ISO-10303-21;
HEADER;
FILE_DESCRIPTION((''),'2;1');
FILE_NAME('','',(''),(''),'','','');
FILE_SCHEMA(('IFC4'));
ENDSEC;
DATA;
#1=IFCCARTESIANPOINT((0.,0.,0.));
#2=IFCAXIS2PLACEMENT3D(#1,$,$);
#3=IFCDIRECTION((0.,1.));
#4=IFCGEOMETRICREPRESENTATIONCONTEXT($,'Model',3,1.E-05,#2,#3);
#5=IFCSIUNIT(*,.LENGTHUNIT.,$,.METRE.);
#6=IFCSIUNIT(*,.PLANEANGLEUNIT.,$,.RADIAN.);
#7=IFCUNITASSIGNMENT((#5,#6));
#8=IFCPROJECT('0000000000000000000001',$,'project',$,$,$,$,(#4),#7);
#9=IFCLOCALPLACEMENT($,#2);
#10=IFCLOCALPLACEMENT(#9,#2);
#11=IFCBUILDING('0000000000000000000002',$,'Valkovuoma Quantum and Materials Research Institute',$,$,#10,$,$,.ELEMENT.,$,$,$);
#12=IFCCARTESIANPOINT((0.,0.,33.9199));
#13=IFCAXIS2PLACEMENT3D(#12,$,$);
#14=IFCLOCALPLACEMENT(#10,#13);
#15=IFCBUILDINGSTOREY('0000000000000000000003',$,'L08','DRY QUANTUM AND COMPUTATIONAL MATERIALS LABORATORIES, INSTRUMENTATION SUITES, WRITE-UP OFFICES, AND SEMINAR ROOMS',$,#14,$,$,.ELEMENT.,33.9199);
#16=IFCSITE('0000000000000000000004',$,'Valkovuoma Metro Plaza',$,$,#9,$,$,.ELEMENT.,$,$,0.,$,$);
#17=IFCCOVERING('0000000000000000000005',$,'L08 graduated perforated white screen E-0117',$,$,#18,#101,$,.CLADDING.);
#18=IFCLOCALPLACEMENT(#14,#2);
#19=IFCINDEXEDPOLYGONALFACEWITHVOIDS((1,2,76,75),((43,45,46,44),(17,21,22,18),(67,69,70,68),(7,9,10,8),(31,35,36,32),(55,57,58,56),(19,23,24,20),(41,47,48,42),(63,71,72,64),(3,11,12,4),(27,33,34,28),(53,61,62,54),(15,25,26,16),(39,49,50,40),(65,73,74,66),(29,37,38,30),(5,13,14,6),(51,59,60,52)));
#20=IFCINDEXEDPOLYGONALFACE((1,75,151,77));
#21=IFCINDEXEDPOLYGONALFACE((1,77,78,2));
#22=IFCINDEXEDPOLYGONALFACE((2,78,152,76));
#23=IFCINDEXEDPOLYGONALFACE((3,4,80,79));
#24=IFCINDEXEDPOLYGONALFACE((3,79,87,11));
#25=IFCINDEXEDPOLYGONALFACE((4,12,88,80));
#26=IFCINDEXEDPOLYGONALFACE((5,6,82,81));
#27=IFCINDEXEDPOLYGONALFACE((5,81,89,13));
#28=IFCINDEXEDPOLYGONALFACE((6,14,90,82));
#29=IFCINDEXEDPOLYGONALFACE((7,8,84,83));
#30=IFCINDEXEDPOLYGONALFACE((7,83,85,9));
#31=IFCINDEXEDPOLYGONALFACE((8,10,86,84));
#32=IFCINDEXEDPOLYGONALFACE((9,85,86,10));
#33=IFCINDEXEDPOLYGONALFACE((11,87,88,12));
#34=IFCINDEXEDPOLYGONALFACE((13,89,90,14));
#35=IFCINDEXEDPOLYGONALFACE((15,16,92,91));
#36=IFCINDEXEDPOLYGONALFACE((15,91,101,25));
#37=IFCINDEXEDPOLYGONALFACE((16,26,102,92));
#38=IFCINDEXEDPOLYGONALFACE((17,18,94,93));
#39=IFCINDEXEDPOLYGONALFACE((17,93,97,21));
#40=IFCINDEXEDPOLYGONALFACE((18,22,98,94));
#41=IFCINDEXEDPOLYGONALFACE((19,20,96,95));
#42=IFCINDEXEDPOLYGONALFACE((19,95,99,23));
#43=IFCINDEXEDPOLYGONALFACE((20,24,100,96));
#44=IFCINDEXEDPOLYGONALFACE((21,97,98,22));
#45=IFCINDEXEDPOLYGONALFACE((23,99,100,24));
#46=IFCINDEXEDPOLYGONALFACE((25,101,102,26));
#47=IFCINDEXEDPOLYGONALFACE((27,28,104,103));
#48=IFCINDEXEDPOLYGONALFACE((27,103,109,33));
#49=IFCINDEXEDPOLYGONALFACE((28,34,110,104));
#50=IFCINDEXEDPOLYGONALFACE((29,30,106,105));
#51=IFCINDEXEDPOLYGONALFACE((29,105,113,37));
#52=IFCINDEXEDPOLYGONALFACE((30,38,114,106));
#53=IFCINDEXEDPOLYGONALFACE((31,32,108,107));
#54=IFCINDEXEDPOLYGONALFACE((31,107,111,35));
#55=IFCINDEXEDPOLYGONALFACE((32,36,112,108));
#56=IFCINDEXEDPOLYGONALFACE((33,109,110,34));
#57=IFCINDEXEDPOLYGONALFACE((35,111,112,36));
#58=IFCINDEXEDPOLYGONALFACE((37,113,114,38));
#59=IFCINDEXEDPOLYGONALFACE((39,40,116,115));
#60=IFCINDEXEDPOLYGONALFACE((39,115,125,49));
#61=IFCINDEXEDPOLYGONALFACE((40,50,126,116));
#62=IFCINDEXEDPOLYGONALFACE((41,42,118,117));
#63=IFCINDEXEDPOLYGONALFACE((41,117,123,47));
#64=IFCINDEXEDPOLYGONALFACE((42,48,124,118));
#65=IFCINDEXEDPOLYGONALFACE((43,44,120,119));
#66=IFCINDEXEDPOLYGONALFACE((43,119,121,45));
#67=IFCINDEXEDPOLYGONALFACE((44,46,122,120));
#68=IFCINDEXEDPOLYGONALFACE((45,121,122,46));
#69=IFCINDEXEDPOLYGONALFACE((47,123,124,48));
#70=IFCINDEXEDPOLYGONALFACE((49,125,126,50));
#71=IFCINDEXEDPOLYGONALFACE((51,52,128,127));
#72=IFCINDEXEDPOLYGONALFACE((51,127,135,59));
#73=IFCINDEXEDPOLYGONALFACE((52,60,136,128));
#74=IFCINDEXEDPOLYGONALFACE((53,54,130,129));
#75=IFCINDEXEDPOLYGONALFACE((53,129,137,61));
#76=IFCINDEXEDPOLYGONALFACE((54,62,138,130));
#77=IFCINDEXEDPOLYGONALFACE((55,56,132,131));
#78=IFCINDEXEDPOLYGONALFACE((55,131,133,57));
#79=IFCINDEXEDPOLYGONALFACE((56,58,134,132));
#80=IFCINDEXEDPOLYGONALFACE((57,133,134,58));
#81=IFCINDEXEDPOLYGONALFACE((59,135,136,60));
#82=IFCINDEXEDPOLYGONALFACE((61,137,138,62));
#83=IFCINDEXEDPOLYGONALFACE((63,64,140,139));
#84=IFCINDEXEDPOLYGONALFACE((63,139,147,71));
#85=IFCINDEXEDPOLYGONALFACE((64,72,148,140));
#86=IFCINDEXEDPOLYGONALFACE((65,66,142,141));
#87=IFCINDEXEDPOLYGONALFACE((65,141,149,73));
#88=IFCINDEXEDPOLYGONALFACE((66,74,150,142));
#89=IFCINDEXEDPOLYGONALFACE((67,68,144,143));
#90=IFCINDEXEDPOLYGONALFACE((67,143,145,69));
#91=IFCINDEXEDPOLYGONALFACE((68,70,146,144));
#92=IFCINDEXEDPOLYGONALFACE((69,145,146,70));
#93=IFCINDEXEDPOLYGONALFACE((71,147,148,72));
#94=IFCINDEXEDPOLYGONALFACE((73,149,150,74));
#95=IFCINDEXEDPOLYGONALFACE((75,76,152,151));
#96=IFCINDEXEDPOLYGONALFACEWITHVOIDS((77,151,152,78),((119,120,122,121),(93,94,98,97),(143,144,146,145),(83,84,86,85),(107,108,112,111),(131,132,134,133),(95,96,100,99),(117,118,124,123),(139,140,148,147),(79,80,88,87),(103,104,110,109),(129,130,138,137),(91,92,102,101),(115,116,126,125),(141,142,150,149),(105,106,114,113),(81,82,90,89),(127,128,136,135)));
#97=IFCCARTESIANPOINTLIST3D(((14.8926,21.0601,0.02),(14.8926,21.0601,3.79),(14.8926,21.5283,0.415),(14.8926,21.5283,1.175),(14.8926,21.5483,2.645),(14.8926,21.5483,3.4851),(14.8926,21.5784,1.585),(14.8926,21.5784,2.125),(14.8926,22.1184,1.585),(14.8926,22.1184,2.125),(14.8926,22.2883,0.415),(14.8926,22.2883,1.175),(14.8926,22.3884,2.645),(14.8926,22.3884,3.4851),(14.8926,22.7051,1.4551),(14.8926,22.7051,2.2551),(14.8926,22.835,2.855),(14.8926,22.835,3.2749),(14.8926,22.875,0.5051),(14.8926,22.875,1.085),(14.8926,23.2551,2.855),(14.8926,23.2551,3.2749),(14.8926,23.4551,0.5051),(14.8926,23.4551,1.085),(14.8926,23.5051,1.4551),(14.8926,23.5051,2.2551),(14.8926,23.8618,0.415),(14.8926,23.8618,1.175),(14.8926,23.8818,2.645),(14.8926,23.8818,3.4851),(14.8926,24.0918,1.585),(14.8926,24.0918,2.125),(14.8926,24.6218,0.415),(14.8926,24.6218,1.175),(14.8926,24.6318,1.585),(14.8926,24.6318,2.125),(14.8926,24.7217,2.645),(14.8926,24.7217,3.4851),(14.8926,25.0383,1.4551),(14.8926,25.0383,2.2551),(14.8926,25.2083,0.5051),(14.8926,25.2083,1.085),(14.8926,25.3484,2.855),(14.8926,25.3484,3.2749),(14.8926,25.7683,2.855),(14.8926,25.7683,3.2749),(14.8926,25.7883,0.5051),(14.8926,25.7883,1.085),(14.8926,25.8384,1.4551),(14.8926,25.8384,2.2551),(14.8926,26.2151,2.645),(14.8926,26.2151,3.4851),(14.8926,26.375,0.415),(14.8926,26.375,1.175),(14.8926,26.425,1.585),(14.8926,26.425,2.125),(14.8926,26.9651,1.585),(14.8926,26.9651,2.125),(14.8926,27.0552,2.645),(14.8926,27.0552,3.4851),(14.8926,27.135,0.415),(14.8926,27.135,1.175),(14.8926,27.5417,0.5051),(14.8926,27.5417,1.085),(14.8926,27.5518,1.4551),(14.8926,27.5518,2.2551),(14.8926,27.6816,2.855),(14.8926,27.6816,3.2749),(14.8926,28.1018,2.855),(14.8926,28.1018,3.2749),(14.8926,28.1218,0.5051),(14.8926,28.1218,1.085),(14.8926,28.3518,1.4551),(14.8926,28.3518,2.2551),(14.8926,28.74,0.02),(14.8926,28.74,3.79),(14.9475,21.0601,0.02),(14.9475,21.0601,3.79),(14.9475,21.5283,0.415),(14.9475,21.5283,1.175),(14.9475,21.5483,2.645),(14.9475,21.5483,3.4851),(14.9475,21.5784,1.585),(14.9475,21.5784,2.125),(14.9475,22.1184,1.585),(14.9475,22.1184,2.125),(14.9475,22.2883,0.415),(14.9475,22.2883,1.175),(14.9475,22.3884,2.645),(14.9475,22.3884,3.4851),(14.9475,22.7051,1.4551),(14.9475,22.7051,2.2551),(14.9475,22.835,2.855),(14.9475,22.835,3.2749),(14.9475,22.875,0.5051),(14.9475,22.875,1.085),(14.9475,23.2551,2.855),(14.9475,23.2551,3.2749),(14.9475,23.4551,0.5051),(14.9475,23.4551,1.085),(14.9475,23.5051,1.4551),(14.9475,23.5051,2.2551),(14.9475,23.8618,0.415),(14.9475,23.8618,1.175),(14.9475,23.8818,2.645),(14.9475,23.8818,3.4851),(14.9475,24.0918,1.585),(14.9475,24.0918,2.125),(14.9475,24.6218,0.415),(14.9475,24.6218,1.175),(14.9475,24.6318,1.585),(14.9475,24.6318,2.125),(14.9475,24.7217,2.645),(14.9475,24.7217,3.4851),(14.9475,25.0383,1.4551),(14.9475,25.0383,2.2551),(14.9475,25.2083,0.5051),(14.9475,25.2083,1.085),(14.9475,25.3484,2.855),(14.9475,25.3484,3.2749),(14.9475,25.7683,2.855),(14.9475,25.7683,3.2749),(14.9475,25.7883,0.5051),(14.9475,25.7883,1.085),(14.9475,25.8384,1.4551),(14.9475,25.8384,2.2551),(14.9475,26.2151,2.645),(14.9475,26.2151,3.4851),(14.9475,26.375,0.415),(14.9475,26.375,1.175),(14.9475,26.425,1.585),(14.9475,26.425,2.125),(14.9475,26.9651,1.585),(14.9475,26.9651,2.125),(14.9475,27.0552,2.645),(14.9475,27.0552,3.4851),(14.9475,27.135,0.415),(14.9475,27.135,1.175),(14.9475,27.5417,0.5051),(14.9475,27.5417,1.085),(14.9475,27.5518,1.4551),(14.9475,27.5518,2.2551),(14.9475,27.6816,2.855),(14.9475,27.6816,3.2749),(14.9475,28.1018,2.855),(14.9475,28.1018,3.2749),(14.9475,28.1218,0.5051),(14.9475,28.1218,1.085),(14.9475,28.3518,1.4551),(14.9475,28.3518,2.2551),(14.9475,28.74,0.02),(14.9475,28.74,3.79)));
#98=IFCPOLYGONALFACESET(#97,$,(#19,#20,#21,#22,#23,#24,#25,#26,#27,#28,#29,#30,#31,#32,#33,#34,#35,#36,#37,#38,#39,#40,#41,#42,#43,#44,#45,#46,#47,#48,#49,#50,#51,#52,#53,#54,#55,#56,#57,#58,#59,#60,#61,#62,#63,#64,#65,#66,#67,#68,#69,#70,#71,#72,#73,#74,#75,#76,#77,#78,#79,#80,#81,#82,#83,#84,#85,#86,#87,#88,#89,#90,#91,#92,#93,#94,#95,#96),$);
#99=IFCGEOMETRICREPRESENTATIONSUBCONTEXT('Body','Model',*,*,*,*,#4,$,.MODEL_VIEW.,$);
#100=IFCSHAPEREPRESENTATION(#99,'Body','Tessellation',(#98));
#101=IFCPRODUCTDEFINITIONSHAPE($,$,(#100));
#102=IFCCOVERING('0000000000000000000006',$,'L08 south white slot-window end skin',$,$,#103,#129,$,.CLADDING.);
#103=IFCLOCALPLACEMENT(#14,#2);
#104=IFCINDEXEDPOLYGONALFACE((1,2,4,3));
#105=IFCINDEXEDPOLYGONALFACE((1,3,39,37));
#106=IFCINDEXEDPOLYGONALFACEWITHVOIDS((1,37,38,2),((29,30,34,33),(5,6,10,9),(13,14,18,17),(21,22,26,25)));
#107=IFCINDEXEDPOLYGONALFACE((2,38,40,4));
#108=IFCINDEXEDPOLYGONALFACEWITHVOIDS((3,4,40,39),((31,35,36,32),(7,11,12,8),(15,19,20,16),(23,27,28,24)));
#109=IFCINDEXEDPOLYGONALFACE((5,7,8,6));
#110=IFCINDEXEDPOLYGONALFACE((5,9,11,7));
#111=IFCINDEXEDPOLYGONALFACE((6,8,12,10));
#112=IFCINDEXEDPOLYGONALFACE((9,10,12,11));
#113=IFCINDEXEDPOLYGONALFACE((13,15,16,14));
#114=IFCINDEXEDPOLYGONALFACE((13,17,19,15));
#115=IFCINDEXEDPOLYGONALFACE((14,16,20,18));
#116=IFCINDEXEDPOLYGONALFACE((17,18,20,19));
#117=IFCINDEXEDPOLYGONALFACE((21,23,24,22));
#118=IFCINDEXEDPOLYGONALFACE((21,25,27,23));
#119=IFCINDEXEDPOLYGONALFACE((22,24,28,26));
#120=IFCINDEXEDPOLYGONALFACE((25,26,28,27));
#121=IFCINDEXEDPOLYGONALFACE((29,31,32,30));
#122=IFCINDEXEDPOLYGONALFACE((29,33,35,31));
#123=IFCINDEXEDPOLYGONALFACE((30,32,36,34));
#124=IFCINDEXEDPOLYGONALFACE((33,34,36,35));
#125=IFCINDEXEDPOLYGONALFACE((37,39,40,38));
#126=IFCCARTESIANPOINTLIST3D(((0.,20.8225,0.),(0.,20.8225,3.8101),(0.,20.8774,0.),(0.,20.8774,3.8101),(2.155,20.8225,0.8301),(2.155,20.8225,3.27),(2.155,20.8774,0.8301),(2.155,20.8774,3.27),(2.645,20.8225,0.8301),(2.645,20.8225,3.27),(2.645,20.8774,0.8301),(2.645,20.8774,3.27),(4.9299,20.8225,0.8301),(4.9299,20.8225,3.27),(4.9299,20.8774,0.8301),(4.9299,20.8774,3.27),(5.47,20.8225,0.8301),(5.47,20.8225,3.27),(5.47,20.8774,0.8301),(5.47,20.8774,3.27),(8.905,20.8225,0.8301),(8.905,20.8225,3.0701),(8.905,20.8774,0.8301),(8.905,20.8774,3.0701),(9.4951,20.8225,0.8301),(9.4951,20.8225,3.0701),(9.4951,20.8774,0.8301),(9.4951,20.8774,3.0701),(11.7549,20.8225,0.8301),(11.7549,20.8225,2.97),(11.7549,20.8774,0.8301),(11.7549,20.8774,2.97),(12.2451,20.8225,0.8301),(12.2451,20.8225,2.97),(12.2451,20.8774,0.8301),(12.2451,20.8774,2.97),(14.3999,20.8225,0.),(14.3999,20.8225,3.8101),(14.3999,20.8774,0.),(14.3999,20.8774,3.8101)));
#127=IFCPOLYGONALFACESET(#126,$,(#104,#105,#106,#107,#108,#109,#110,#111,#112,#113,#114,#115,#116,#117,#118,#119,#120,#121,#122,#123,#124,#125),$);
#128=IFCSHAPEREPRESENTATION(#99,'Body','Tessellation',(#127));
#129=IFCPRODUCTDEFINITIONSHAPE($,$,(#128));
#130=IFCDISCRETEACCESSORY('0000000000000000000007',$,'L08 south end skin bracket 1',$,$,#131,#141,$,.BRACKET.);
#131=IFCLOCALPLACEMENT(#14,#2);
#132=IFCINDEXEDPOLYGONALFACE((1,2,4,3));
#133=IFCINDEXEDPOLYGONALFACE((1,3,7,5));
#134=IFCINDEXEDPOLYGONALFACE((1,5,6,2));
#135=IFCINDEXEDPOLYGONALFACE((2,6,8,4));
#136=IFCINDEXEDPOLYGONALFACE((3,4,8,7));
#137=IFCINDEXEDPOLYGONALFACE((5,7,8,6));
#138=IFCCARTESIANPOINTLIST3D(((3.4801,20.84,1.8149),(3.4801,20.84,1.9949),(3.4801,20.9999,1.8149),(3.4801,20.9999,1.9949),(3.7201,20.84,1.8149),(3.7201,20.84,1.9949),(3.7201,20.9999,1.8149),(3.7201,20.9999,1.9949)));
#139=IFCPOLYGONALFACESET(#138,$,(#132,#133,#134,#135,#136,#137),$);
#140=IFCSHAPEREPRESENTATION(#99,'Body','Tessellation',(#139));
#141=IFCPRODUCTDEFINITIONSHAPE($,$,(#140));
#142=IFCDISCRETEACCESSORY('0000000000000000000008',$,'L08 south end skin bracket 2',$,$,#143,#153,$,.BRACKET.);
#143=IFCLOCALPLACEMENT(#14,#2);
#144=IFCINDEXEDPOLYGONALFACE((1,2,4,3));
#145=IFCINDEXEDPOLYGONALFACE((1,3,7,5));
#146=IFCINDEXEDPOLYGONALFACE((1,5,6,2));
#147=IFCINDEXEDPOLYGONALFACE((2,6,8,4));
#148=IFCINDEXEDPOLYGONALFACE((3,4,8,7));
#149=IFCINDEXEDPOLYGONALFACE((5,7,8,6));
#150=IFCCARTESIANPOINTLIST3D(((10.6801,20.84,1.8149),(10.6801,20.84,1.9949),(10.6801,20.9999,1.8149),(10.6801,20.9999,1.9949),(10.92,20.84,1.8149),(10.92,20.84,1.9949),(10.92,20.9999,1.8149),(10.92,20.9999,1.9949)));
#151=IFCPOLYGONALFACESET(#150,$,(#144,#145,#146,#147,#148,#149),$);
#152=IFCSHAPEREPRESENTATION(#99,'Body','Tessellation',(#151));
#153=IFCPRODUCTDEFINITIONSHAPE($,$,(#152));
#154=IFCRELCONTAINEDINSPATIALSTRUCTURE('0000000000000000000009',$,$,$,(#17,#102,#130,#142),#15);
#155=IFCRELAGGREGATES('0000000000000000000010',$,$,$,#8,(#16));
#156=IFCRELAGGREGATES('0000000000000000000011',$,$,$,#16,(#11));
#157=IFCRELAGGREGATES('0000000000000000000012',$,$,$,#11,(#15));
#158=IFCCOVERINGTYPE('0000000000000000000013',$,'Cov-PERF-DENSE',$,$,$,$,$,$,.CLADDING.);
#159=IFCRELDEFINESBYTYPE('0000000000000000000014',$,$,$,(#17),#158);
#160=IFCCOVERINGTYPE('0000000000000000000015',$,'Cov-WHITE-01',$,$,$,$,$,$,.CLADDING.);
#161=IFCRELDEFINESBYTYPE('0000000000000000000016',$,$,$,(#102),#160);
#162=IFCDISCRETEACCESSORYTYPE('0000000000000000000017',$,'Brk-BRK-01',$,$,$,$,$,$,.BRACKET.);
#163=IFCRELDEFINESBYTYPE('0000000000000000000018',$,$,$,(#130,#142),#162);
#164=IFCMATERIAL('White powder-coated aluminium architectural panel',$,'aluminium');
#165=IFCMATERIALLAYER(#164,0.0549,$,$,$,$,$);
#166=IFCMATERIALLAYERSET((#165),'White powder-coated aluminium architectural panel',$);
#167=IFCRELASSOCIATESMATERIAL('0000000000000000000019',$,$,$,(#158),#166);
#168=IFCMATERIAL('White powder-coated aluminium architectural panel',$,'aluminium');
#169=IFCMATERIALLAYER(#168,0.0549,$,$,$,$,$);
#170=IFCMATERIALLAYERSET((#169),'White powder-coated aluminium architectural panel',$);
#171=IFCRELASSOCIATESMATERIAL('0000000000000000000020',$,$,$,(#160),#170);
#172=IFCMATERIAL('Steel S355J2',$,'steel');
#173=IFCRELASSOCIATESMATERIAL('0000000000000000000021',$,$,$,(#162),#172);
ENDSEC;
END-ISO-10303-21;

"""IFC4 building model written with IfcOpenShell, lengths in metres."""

from ifc_helpers import new_model, si_unit, direction, frame, origin, origin_2d, place, context, subcontext, project, spatial, polyline, rectangle, outline, extrude, material, layer, layer_set, type_object, element, save


model = new_model("IFC4")

# Units and contexts
model_context = context("Model", 3, precision=1e-05, world=origin(), true_north=direction((0.0, 1.0)))
body_context = subcontext(model_context, "Body", "Model", "MODEL_VIEW")
ifc_project = project(units=[si_unit("LENGTHUNIT", "METRE"), si_unit("PLANEANGLEUNIT", "RADIAN")], contexts=[model_context])

# Site, building, storey
site_placement = place(None, origin())
site = spatial("IfcSite", under=ifc_project, at=site_placement, Name="Valkovuoma Metro Plaza", CompositionType="ELEMENT", RefElevation=0.0)
building_placement = place(site_placement, origin())
building = spatial("IfcBuilding", under=site, at=building_placement, Name="Valkovuoma Quantum and Materials Research Institute", CompositionType="ELEMENT")
storey_placement = place(building_placement, frame((0.0, 0.0, 33.9199)))
storey = spatial("IfcBuildingStorey", under=building, at=storey_placement, Name="L08", Description="DRY QUANTUM AND COMPUTATIONAL MATERIALS LABORATORIES, INSTRUMENTATION SUITES, WRITE-UP OFFICES, AND SEMINAR ROOMS", CompositionType="ELEMENT", Elevation=33.9199)

# Coverings
ifc_material_1 = material(Name="White powder-coated aluminium architectural panel", Category="aluminium")
ifc_layer_1 = layer(ifc_material_1, 0.0549)
ifc_layer_set_1 = layer_set([ifc_layer_1], Name="White powder-coated aluminium architectural panel")
covering_type_1 = type_object("IfcCoveringType", Name="Cov-PERF-DENSE", PredefinedType="CLADDING", material=ifc_layer_set_1)
covering_1_placement = place(storey_placement, frame((14.9199, 21.0601, 0.02), z_axis=(0.0, 0.0, 1.0), x_axis=(0.0, 1.0, 0.0)))
element("IfcCovering", 1, at=covering_1_placement, inside=storey, type_object=covering_type_1, Name="L08 graduated perforated white screen E-0117", PredefinedType="CLADDING", context=body_context, shape_type="SweptSolid", body=[
    extrude(outline(polyline([(0.0, 0.0), (7.6799, 0.0), (7.6799, 3.77), (0.0, 3.77), (0.0, 0.0)]), holes=[polyline([(0.4683, 0.395), (0.4683, 1.155), (1.2283, 1.155), (1.2283, 0.395), (0.4683, 0.395)]), polyline([(0.5183, 1.5649), (0.5183, 2.105), (1.0583, 2.105), (1.0583, 1.5649), (0.5183, 1.5649)]), polyline([(0.4883, 2.625), (0.4883, 3.4651), (1.3284, 3.4651), (1.3284, 2.625), (0.4883, 2.625)]), polyline([(1.8149, 0.4851), (1.8149, 1.0649), (2.395, 1.0649), (2.395, 0.4851), (1.8149, 0.4851)]), polyline([(1.645, 1.4351), (1.645, 2.2351), (2.4451, 2.2351), (2.4451, 1.4351), (1.645, 1.4351)]), polyline([(1.7749, 2.835), (1.7749, 3.2549), (2.1951, 3.2549), (2.1951, 2.835), (1.7749, 2.835)]), polyline([(2.8018, 0.395), (2.8018, 1.155), (3.5618, 1.155), (3.5618, 0.395), (2.8018, 0.395)]), polyline([(3.0317, 1.5649), (3.0317, 2.105), (3.5718, 2.105), (3.5718, 1.5649), (3.0317, 1.5649)]), polyline([(2.8218, 2.625), (2.8218, 3.4651), (3.6616, 3.4651), (3.6616, 2.625), (2.8218, 2.625)]), polyline([(4.1482, 0.4851), (4.1482, 1.0649), (4.7283, 1.0649), (4.7283, 0.4851), (4.1482, 0.4851)]), polyline([(3.9783, 1.4351), (3.9783, 2.2351), (4.7783, 2.2351), (4.7783, 1.4351), (3.9783, 1.4351)]), polyline([(4.2883, 2.835), (4.2883, 3.2549), (4.7083, 3.2549), (4.7083, 2.835), (4.2883, 2.835)]), polyline([(5.3149, 0.395), (5.3149, 1.155), (6.075, 1.155), (6.075, 0.395), (5.3149, 0.395)]), polyline([(5.365, 1.5649), (5.365, 2.105), (5.905, 2.105), (5.905, 1.5649), (5.365, 1.5649)]), polyline([(5.155, 2.625), (5.155, 3.4651), (5.9951, 3.4651), (5.9951, 2.625), (5.155, 2.625)]), polyline([(6.4817, 0.4851), (6.4817, 1.0649), (7.0618, 1.0649), (7.0618, 0.4851), (6.4817, 0.4851)]), polyline([(6.4917, 1.4351), (6.4917, 2.2351), (7.2917, 2.2351), (7.2917, 1.4351), (6.4917, 1.4351)]), polyline([(6.6216, 2.835), (6.6216, 3.2549), (7.0417, 3.2549), (7.0417, 2.835), (6.6216, 2.835)])]), frame((0.0, 0.0273, 0.0), z_axis=(0.0, -1.0, 0.0), x_axis=(1.0, 0.0, 0.0)), (0.0, 0.0, 1.0), 0.0549),
])
ifc_material_2 = material(Name="White powder-coated aluminium architectural panel", Category="aluminium")
ifc_layer_2 = layer(ifc_material_2, 0.0549)
ifc_layer_set_2 = layer_set([ifc_layer_2], Name="White powder-coated aluminium architectural panel")
covering_type_2 = type_object("IfcCoveringType", Name="Cov-WHITE-01", PredefinedType="CLADDING", material=ifc_layer_set_2)
covering_2_placement = place(storey_placement, frame((0.0, 20.8501, 0.0), z_axis=(0.0, 0.0, 1.0), x_axis=(1.0, 0.0, 0.0)))
element("IfcCovering", 2, at=covering_2_placement, inside=storey, type_object=covering_type_2, Name="L08 south white slot-window end skin", PredefinedType="CLADDING", context=body_context, shape_type="SweptSolid", body=[
    extrude(outline(polyline([(0.0, 0.0), (14.3999, 0.0), (14.3999, 3.8101), (0.0, 3.8101), (0.0, 0.0)]), holes=[polyline([(2.155, 0.8301), (2.155, 3.27), (2.645, 3.27), (2.645, 0.8301), (2.155, 0.8301)]), polyline([(4.9299, 0.8301), (4.9299, 3.27), (5.47, 3.27), (5.47, 0.8301), (4.9299, 0.8301)]), polyline([(8.905, 0.8301), (8.905, 3.0701), (9.4951, 3.0701), (9.4951, 0.8301), (8.905, 0.8301)]), polyline([(11.7549, 0.8301), (11.7549, 2.97), (12.2451, 2.97), (12.2451, 0.8301), (11.7549, 0.8301)])]), frame((0.0, 0.0273, 0.0), z_axis=(0.0, -1.0, 0.0), x_axis=(1.0, 0.0, 0.0)), (0.0, 0.0, 1.0), 0.0549),
])

# Discrete accessories
ifc_material_3 = material(Name="Steel S355J2", Category="steel")
discrete_accessory_type = type_object("IfcDiscreteAccessoryType", Name="Brk-BRK-01", PredefinedType="BRACKET", material=ifc_material_3)
for number, where, z_axis, x_axis, name in (
    (3, (3.6001, 20.9199, 1.8149), (0.0, 0.0, 1.0), (0.0, 1.0, 0.0), "L08 south end skin bracket 1"),
    (4, (10.8, 20.9199, 1.8149), (0.0, 0.0, 1.0), (0.0, 1.0, 0.0), "L08 south end skin bracket 2"),
):
    element("IfcDiscreteAccessory", number, at=place(storey_placement, frame(where, z_axis=z_axis, x_axis=x_axis)), inside=storey, type_object=discrete_accessory_type, Name=name, PredefinedType="BRACKET", context=body_context, shape_type="SweptSolid", body=[
        extrude(rectangle(XDim=0.1599, YDim=0.24, at=origin_2d()), origin(), (0.0, 0.0, 1.0), 0.1799),
    ])

save(model, "model.ifc")
